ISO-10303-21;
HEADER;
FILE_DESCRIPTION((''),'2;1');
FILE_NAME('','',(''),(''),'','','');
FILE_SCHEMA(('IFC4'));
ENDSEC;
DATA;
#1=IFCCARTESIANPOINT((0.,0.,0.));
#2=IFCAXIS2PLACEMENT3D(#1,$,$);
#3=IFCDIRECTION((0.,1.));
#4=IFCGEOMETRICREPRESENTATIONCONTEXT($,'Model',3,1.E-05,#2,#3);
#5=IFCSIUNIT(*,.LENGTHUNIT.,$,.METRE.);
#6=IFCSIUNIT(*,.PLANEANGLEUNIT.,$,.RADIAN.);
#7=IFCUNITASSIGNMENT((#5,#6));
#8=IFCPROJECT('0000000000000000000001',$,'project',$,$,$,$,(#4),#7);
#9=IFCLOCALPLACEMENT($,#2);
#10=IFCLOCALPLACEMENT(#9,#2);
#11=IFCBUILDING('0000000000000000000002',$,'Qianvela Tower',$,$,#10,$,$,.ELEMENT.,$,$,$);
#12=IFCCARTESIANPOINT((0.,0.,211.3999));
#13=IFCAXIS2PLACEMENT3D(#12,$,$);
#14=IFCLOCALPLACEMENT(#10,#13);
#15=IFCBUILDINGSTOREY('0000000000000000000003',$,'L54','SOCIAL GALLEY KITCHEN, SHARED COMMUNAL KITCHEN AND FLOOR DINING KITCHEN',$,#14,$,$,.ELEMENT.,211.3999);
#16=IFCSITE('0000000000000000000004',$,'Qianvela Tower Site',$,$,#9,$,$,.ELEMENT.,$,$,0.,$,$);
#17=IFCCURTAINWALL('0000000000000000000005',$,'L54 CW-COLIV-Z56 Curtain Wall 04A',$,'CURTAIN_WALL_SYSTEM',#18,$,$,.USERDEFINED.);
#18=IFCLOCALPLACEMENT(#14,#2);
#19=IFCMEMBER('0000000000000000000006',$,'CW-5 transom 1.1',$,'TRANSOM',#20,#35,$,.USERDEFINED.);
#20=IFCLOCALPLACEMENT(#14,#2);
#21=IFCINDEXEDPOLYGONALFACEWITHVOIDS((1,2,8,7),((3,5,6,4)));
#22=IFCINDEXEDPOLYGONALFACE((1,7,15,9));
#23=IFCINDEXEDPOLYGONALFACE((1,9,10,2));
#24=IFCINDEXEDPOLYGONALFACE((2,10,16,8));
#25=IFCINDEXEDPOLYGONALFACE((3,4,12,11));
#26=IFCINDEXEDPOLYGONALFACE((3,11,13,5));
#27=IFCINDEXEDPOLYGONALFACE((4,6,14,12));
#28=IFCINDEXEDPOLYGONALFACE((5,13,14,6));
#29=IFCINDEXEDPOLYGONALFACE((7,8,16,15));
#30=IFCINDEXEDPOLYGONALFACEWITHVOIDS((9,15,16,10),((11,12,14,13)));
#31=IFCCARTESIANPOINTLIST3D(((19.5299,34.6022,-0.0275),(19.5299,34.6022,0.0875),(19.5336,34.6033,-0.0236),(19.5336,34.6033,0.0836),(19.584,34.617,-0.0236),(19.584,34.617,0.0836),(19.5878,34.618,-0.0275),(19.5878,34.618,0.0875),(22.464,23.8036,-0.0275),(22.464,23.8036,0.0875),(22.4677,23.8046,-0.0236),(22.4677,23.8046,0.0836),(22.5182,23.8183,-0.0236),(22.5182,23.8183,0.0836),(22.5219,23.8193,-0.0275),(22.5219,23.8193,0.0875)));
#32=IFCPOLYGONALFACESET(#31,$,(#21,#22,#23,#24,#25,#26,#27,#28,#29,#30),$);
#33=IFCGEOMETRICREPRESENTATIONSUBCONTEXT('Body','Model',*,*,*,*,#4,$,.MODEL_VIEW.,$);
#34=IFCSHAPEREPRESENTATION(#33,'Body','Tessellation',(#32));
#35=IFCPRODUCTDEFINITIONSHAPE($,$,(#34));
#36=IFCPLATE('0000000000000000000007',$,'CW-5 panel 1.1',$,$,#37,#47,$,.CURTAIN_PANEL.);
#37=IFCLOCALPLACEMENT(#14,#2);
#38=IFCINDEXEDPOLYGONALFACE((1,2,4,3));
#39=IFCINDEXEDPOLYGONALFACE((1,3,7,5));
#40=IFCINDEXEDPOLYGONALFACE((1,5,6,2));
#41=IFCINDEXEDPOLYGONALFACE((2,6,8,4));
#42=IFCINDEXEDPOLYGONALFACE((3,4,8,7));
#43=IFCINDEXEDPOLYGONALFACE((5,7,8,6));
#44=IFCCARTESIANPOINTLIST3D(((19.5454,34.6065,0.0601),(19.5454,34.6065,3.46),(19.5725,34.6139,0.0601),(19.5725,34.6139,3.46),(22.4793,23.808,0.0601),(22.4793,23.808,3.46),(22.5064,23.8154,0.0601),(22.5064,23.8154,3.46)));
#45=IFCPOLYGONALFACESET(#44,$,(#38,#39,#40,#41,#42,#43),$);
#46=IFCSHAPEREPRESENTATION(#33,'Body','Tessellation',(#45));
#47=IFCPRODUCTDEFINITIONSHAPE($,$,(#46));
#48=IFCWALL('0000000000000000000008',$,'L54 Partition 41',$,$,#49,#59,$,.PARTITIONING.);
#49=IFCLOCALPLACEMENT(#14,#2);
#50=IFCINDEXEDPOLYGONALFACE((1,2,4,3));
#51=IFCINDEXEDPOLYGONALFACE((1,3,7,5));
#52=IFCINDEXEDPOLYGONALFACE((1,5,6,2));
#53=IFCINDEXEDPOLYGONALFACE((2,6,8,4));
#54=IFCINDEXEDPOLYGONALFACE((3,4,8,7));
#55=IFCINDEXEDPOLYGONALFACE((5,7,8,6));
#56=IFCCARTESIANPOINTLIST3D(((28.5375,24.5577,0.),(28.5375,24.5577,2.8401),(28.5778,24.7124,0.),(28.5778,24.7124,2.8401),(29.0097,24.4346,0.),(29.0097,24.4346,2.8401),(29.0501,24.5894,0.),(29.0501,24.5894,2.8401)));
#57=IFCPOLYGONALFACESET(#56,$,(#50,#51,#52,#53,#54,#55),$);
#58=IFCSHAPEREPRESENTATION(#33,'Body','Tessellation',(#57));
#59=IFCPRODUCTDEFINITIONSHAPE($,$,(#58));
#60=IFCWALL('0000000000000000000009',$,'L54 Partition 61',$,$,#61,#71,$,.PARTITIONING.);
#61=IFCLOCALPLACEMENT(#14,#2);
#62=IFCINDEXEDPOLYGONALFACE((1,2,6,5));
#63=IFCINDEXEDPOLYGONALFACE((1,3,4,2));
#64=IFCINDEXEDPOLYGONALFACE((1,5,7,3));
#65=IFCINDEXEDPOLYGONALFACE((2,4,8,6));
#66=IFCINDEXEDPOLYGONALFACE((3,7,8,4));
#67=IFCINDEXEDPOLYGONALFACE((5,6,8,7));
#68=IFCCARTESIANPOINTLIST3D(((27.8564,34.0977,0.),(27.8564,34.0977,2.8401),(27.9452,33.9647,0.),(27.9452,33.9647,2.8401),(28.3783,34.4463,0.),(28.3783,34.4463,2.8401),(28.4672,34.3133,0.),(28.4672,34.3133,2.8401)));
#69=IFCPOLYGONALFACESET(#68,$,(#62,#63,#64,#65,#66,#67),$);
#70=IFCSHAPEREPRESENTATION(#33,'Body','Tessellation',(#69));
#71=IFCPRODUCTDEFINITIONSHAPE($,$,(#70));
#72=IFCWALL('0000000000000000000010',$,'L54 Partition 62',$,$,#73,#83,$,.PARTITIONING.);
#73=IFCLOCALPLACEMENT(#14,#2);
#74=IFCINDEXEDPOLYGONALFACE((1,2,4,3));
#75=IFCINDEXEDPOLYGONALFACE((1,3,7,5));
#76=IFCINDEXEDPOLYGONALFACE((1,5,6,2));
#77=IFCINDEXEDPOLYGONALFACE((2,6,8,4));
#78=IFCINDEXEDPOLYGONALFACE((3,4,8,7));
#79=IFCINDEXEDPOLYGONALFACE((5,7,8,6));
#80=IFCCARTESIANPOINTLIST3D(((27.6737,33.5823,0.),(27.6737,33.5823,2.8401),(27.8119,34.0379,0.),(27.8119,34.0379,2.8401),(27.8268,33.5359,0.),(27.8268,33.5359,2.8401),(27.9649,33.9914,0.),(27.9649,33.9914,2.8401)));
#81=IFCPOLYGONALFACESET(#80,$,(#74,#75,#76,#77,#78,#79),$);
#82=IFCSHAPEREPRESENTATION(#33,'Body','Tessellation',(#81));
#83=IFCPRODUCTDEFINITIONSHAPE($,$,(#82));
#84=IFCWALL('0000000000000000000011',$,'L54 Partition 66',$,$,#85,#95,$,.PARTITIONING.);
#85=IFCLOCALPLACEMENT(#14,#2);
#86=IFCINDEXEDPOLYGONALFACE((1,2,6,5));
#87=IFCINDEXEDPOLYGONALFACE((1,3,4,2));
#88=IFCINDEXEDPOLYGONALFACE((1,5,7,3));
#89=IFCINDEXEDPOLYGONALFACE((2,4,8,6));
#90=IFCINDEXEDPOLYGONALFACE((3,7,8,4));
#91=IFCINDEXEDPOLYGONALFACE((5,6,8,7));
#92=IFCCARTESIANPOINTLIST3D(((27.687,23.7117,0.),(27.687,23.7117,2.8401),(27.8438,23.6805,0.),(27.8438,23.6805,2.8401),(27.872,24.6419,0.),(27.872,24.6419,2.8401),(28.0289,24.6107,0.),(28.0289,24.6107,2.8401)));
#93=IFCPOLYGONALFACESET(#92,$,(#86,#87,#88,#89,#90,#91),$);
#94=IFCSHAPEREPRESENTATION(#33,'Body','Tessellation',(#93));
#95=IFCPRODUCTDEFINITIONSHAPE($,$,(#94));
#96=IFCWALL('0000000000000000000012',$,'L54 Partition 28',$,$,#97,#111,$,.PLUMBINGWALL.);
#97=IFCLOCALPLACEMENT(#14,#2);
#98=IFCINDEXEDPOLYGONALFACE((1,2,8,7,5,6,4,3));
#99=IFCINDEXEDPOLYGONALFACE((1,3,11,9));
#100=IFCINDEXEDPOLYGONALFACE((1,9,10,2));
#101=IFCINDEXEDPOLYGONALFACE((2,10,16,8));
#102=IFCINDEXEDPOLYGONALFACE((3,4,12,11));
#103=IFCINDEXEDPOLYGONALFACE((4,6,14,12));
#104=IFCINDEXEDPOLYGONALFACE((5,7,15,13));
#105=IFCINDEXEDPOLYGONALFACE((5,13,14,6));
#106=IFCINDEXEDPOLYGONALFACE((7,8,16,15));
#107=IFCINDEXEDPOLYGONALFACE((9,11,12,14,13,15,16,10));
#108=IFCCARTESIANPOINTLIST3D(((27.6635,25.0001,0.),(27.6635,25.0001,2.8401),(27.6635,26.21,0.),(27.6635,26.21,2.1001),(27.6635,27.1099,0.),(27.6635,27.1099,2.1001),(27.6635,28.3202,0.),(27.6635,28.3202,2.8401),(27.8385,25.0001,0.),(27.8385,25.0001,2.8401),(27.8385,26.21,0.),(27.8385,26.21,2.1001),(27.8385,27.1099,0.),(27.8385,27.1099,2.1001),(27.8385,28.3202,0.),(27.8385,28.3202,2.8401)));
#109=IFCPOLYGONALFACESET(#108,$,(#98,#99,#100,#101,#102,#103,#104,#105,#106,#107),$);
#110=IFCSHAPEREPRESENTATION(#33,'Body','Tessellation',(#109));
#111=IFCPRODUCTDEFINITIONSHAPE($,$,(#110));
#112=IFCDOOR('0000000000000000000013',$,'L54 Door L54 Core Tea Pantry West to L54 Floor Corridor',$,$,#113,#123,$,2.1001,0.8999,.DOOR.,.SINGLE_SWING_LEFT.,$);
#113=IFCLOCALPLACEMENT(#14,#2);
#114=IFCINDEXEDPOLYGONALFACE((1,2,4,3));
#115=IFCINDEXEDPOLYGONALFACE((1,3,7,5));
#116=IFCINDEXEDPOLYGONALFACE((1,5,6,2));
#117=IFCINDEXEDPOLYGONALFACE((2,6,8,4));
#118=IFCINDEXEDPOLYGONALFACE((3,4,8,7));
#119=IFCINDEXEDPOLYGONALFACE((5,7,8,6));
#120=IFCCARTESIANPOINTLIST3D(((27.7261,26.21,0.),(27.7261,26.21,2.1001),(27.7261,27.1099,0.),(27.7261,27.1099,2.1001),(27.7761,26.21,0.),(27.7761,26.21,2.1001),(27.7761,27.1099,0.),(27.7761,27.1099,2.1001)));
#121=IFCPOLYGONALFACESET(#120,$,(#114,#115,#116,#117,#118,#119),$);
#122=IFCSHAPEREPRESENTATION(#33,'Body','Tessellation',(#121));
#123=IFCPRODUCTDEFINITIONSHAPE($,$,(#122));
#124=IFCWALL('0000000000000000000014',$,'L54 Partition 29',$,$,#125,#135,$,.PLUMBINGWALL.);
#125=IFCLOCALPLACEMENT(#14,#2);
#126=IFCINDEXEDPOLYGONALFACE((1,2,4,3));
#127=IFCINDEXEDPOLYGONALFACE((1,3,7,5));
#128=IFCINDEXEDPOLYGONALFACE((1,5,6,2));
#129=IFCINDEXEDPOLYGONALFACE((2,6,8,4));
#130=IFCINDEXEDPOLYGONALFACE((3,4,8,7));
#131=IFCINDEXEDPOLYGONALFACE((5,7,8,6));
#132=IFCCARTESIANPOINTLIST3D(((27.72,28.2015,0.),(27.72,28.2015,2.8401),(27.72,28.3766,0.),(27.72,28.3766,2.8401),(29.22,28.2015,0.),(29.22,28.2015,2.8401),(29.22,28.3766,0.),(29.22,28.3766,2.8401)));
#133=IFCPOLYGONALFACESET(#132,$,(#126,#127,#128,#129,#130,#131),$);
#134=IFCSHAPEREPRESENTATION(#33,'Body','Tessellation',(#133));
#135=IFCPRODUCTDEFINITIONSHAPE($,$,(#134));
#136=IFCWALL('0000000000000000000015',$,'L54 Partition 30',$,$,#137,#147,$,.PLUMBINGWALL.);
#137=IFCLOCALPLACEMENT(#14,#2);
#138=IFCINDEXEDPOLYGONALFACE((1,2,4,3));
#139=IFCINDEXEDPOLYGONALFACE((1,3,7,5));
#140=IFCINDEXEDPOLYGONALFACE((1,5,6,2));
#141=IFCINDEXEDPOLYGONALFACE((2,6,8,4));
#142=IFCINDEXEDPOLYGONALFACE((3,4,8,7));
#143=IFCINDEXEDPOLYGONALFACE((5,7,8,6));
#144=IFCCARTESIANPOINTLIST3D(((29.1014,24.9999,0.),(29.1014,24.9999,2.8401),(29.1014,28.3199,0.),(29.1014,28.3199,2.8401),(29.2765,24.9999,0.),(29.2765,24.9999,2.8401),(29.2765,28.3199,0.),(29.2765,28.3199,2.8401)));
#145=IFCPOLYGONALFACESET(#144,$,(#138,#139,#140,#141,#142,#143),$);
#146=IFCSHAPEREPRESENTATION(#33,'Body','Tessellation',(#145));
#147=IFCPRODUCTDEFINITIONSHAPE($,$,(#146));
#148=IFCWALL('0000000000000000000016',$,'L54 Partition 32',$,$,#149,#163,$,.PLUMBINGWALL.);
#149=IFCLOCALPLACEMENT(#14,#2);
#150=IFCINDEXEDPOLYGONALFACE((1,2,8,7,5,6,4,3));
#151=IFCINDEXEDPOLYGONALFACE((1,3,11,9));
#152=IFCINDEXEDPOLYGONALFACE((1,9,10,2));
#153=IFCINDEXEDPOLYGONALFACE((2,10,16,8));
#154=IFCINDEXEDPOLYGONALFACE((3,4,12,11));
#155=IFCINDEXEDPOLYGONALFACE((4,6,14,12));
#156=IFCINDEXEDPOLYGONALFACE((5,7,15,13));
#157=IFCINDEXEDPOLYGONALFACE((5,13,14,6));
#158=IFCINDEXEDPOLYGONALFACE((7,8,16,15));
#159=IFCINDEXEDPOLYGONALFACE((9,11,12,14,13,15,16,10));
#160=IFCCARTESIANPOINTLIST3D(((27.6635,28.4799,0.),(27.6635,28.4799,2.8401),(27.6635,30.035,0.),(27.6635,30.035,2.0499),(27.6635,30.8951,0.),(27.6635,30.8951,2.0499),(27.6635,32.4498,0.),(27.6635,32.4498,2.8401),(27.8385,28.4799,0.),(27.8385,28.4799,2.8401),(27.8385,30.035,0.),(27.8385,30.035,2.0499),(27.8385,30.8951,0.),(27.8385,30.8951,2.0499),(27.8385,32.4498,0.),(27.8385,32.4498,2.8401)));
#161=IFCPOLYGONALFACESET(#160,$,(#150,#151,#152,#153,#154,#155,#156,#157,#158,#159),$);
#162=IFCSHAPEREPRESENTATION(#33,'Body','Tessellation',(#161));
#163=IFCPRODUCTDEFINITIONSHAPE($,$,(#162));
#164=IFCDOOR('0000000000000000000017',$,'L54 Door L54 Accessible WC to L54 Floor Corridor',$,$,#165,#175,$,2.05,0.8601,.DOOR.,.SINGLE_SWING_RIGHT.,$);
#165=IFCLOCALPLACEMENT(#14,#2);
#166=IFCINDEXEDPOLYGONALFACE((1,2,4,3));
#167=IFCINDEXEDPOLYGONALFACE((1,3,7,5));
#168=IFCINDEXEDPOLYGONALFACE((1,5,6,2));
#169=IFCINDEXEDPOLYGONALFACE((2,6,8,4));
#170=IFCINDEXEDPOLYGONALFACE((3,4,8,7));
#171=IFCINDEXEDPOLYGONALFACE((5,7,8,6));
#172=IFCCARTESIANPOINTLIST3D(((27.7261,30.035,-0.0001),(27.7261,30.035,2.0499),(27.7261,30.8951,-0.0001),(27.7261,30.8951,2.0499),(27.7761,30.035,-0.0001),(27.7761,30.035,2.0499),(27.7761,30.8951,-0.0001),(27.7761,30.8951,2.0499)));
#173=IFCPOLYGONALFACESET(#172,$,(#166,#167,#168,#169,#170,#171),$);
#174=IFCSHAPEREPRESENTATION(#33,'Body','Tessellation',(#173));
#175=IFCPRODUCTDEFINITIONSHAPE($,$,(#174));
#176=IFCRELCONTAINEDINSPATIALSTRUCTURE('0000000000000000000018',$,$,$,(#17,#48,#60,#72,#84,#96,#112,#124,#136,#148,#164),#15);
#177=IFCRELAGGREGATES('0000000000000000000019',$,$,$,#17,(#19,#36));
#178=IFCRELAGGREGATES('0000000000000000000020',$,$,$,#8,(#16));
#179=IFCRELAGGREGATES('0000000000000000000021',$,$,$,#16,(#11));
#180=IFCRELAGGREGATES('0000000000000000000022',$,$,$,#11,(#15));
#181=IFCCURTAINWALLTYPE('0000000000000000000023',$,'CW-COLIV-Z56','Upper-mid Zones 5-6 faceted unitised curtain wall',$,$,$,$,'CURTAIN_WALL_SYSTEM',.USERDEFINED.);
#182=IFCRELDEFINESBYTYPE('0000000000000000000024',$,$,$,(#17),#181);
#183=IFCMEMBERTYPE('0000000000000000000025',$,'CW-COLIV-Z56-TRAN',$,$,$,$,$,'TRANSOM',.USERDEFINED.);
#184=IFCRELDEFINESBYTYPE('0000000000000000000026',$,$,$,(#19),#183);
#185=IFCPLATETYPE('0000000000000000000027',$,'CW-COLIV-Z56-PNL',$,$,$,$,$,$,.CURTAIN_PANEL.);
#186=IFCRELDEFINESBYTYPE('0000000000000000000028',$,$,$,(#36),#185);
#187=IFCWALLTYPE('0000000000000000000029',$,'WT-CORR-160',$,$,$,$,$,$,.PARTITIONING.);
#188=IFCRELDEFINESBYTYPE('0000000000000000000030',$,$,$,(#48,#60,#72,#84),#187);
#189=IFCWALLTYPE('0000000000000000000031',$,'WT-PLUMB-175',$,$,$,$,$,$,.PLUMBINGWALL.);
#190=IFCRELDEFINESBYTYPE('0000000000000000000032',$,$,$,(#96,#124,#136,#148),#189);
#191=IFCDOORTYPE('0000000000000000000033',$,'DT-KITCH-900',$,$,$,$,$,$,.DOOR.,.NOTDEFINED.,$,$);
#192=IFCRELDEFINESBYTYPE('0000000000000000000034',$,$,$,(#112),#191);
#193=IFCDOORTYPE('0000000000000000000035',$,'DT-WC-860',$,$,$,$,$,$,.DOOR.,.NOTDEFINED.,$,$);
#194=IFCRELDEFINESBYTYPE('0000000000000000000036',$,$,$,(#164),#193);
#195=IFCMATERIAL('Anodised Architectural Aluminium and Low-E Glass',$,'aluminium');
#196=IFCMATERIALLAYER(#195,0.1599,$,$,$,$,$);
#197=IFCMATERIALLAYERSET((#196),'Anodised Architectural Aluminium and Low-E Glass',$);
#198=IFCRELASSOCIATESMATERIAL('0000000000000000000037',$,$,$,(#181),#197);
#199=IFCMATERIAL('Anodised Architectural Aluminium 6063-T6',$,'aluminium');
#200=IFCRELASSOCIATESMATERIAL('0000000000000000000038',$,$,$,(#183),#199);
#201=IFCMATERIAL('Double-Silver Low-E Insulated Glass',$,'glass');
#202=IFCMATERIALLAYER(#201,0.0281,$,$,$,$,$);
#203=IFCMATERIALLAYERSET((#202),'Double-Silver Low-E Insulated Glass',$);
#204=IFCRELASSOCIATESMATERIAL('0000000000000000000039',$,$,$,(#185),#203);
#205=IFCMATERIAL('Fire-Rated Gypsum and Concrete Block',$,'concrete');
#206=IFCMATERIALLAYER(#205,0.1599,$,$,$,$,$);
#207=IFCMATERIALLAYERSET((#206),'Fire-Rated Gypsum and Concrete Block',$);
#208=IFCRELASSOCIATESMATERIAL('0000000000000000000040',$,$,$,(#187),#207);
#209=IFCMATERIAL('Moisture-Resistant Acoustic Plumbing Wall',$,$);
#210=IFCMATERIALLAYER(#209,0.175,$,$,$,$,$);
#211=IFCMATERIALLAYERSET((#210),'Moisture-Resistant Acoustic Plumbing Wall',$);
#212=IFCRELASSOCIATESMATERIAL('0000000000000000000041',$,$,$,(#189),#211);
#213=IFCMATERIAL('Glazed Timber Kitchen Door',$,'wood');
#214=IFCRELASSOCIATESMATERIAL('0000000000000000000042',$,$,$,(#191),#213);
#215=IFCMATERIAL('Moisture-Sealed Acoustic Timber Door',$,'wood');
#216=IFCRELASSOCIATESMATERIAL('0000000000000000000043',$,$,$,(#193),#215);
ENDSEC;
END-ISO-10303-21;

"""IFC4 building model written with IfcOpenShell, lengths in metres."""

from ifc_helpers import new_model, si_unit, direction, frame, frame_2d, origin, origin_2d, place, context, subcontext, project, spatial, rectangle, hollow_rectangle, extrude, material, layer, layer_set, material_profile, profile_set, type_object, element, fill, aggregate, save


model = new_model("IFC4")

# Units and contexts
model_context = context("Model", 3, precision=1e-05, world=origin(), true_north=direction((0.0, 1.0)))
body_context = subcontext(model_context, "Body", "Model", "MODEL_VIEW")
ifc_project = project(units=[si_unit("LENGTHUNIT", "METRE"), si_unit("PLANEANGLEUNIT", "RADIAN")], contexts=[model_context])

# Site, building, storey
site_placement = place(None, origin())
site = spatial("IfcSite", under=ifc_project, at=site_placement, Name="Qianvela Tower Site", CompositionType="ELEMENT", RefElevation=0.0)
building_placement = place(site_placement, origin())
building = spatial("IfcBuilding", under=site, at=building_placement, Name="Qianvela Tower", CompositionType="ELEMENT")
storey_placement = place(building_placement, frame((0.0, 0.0, 211.3999)))
storey = spatial("IfcBuildingStorey", under=building, at=storey_placement, Name="L54", Description="SOCIAL GALLEY KITCHEN, SHARED COMMUNAL KITCHEN AND FLOOR DINING KITCHEN", CompositionType="ELEMENT", Elevation=211.3999)

# Curtain wall, member, plate
ifc_material_1 = material(Name="Anodised Architectural Aluminium and Low-E Glass", Category="aluminium")
ifc_layer_1 = layer(ifc_material_1, 0.1599)
ifc_layer_set_1 = layer_set([ifc_layer_1], Name="Anodised Architectural Aluminium and Low-E Glass")
curtain_wall_type = type_object("IfcCurtainWallType", Name="CW-COLIV-Z56", Description="Upper-mid Zones 5-6 faceted unitised curtain wall", ElementType="CURTAIN_WALL_SYSTEM", PredefinedType="USERDEFINED", material=ifc_layer_set_1)
curtain_wall_placement = place(storey_placement, origin())
curtain_wall = element("IfcCurtainWall", 1, at=curtain_wall_placement, inside=storey, type_object=curtain_wall_type, Name="L54 CW-COLIV-Z56 Curtain Wall 04A", ObjectType="CURTAIN_WALL_SYSTEM", PredefinedType="USERDEFINED")
ifc_material_2 = material(Name="Anodised Architectural Aluminium 6063-T6", Category="aluminium")
ifc_material_profile_1 = material_profile(ifc_material_2, hollow_rectangle(XDim=0.0601, YDim=0.115, WallThickness=0.0039, at=origin_2d()), Name="ALU-TRAN-60x115")
ifc_profile_set_1 = profile_set([ifc_material_profile_1], Name="Anodised Architectural Aluminium 6063-T6")
member_type = type_object("IfcMemberType", Name="CW-COLIV-Z56-TRAN", ElementType="TRANSOM", PredefinedType="USERDEFINED", material=ifc_profile_set_1)
member_placement = place(storey_placement, frame((19.5588, 34.6101, 0.03), z_axis=(0.262203, -0.965013, 0.0), x_axis=(0.965013, 0.262203, 0.0)))
member = element("IfcMember", 2, at=member_placement, type_object=member_type, Name="CW-5 transom 1.1", ObjectType="TRANSOM", PredefinedType="USERDEFINED", context=body_context, shape_type="SweptSolid", body=[
    extrude(hollow_rectangle(XDim=0.0601, YDim=0.115, WallThickness=0.0039, at=origin_2d()), origin(), (0.0, 0.0, 1.0), 11.1902),
])
ifc_material_3 = material(Name="Double-Silver Low-E Insulated Glass", Category="glass")
ifc_layer_2 = layer(ifc_material_3, 0.0281)
ifc_layer_set_2 = layer_set([ifc_layer_2], Name="Double-Silver Low-E Insulated Glass")
plate_type = type_object("IfcPlateType", Name="CW-COLIV-Z56-PNL", PredefinedType="CURTAIN_PANEL", material=ifc_layer_set_2)
plate_placement = place(storey_placement, frame((21.0259, 29.2109, 0.0601), z_axis=(0.0, 0.0, 1.0), x_axis=(0.262193, -0.965016, 0.0)))
plate = element("IfcPlate", 3, at=plate_placement, type_object=plate_type, Name="CW-5 panel 1.1", PredefinedType="CURTAIN_PANEL", context=body_context, shape_type="SweptSolid", body=[
    extrude(rectangle(XDim=11.1899, YDim=0.0281, at=origin_2d()), origin(), (0.0, 0.0, 1.0), 3.3999),
])
aggregate(curtain_wall, [member, plate])

# Walls
ifc_material_4 = material(Name="Fire-Rated Gypsum and Concrete Block", Category="concrete")
ifc_layer_3 = layer(ifc_material_4, 0.1599)
ifc_layer_set_3 = layer_set([ifc_layer_3], Name="Fire-Rated Gypsum and Concrete Block")
wall_type_1 = type_object("IfcWallType", Name="WT-CORR-160", PredefinedType="PARTITIONING", material=ifc_layer_set_3)
wall_1_placement = place(storey_placement, frame((29.03, 24.512, 0.0), z_axis=(0.0, 0.0, 1.0), x_axis=(-0.967681, 0.252177, 0.0)))
element("IfcWall", 4, at=wall_1_placement, inside=storey, type_object=wall_type_1, Name="L54 Partition 41", PredefinedType="PARTITIONING", context=body_context, shape_type="SweptSolid", body=[
    extrude(rectangle(XDim=0.488, YDim=0.1599, at=frame_2d((0.2441, 0.0))), origin(), (0.0, 0.0, 1.0), 2.8401),
])
wall_2_placement = place(storey_placement, frame((28.4229, 34.3799, 0.0), z_axis=(0.0, 0.0, 1.0), x_axis=(-0.831571, -0.555418, 0.0)))
element("IfcWall", 5, at=wall_2_placement, inside=storey, type_object=wall_type_1, Name="L54 Partition 61", PredefinedType="PARTITIONING", context=body_context, shape_type="SweptSolid", body=[
    extrude(rectangle(XDim=0.6277, YDim=0.1599, at=frame_2d((0.314, 0.0))), origin(), (0.0, 0.0, 1.0), 2.8401),
])
wall_3_placement = place(storey_placement, frame((27.8884, 34.0146, 0.0), z_axis=(0.0, 0.0, 1.0), x_axis=(-0.290264, -0.956947, 0.0)))
element("IfcWall", 6, at=wall_3_placement, inside=storey, type_object=wall_type_1, Name="L54 Partition 62", PredefinedType="PARTITIONING", context=body_context, shape_type="SweptSolid", body=[
    extrude(rectangle(XDim=0.4761, YDim=0.1599, at=frame_2d((0.238, 0.0))), origin(), (0.0, 0.0, 1.0), 2.8401),
])
wall_4_placement = place(storey_placement, frame((27.9504, 24.6262, 0.0), z_axis=(0.0, 0.0, 1.0), x_axis=(-0.195126, -0.980778, 0.0)))
element("IfcWall", 7, at=wall_4_placement, inside=storey, type_object=wall_type_1, Name="L54 Partition 66", PredefinedType="PARTITIONING", context=body_context, shape_type="SweptSolid", body=[
    extrude(rectangle(XDim=0.9485, YDim=0.1599, at=frame_2d((0.4741, 0.0))), origin(), (0.0, 0.0, 1.0), 2.8401),
])

# Wall, opening, door
ifc_material_5 = material(Name="Moisture-Resistant Acoustic Plumbing Wall")
ifc_layer_4 = layer(ifc_material_5, 0.175)
ifc_layer_set_4 = layer_set([ifc_layer_4], Name="Moisture-Resistant Acoustic Plumbing Wall")
wall_type_2 = type_object("IfcWallType", Name="WT-PLUMB-175", PredefinedType="PLUMBINGWALL", material=ifc_layer_set_4)
wall_5_placement = place(storey_placement, frame((27.751, 25.0, 0.0), z_axis=(0.0, 0.0, 1.0), x_axis=(0.0, 1.0, 0.0)))
wall_5 = element("IfcWall", 8, at=wall_5_placement, inside=storey, type_object=wall_type_2, Name="L54 Partition 28", PredefinedType="PLUMBINGWALL", context=body_context, shape_type="SweptSolid", body=[
    extrude(rectangle(XDim=3.3201, YDim=0.175, at=frame_2d((1.6602, 0.0))), origin(), (0.0, 0.0, 1.0), 2.8401),
])
opening_1_placement = place(wall_5_placement, frame((1.21, 0.0, 0.0)))
opening_1 = element("IfcOpeningElement", 9, at=opening_1_placement, cuts=wall_5, PredefinedType="OPENING", context=body_context, shape_type="SweptSolid", body=[
    extrude(rectangle(XDim=0.8999, YDim=2.1001, at=frame_2d((0.45, 1.05))), frame((0.0, 0.0974, 0.0), z_axis=(0.0, -1.0, 0.0), x_axis=(1.0, 0.0, 0.0)), (0.0, 0.0, 1.0), 0.1951),
])
ifc_material_6 = material(Name="Glazed Timber Kitchen Door", Category="wood")
door_type_1 = type_object("IfcDoorType", Name="DT-KITCH-900", OperationType="NOTDEFINED", PredefinedType="DOOR", material=ifc_material_6)
door_1_placement = place(opening_1_placement, origin())
door_1 = element("IfcDoor", 10, at=door_1_placement, inside=storey, type_object=door_type_1, Name="L54 Door L54 Core Tea Pantry West to L54 Floor Corridor", OperationType="SINGLE_SWING_LEFT", OverallHeight=2.1001, OverallWidth=0.8999, PredefinedType="DOOR", context=body_context, shape_type="SweptSolid", body=[
    extrude(rectangle(XDim=0.8999, YDim=2.1001, at=frame_2d((0.45, 1.05))), frame((0.0, 0.0249, 0.0), z_axis=(0.0, -1.0, 0.0), x_axis=(1.0, 0.0, 0.0)), (0.0, 0.0, 1.0), 0.05),
])
fill(opening_1, door_1)

# Walls
wall_6_placement = place(storey_placement, frame((27.72, 28.2891, 0.0), z_axis=(0.0, 0.0, 1.0), x_axis=(1.0, 0.0, 0.0)))
element("IfcWall", 11, at=wall_6_placement, inside=storey, type_object=wall_type_2, Name="L54 Partition 29", PredefinedType="PLUMBINGWALL", context=body_context, shape_type="SweptSolid", body=[
    extrude(rectangle(XDim=1.5, YDim=0.175, at=frame_2d((0.75, 0.0))), origin(), (0.0, 0.0, 1.0), 2.8401),
])
wall_7_placement = place(storey_placement, frame((29.189, 28.3201, 0.0), z_axis=(0.0, 0.0, 1.0), x_axis=(0.0, -1.0, 0.0)))
element("IfcWall", 12, at=wall_7_placement, inside=storey, type_object=wall_type_2, Name="L54 Partition 30", PredefinedType="PLUMBINGWALL", context=body_context, shape_type="SweptSolid", body=[
    extrude(rectangle(XDim=3.3201, YDim=0.175, at=frame_2d((1.6602, 0.0))), origin(), (0.0, 0.0, 1.0), 2.8401),
])

# Wall, opening, door
wall_8_placement = place(storey_placement, frame((27.751, 28.48, 0.0), z_axis=(0.0, 0.0, 1.0), x_axis=(0.0, 1.0, 0.0)))
wall_8 = element("IfcWall", 13, at=wall_8_placement, inside=storey, type_object=wall_type_2, Name="L54 Partition 32", PredefinedType="PLUMBINGWALL", context=body_context, shape_type="SweptSolid", body=[
    extrude(rectangle(XDim=3.97, YDim=0.175, at=frame_2d((1.9849, 0.0))), origin(), (0.0, 0.0, 1.0), 2.8401),
])
opening_2_placement = place(wall_8_placement, frame((1.5549, 0.0, 0.0)))
opening_2 = element("IfcOpeningElement", 14, at=opening_2_placement, cuts=wall_8, PredefinedType="OPENING", context=body_context, shape_type="SweptSolid", body=[
    extrude(rectangle(XDim=0.8601, YDim=2.05, at=frame_2d((0.4302, 1.0249))), frame((0.0, 0.0974, 0.0), z_axis=(0.0, -1.0, 0.0), x_axis=(1.0, 0.0, 0.0)), (0.0, 0.0, 1.0), 0.1951),
])
ifc_material_7 = material(Name="Moisture-Sealed Acoustic Timber Door", Category="wood")
door_type_2 = type_object("IfcDoorType", Name="DT-WC-860", OperationType="NOTDEFINED", PredefinedType="DOOR", material=ifc_material_7)
door_2_placement = place(opening_2_placement, origin())
door_2 = element("IfcDoor", 15, at=door_2_placement, inside=storey, type_object=door_type_2, Name="L54 Door L54 Accessible WC to L54 Floor Corridor", OperationType="SINGLE_SWING_RIGHT", OverallHeight=2.05, OverallWidth=0.8601, PredefinedType="DOOR", context=body_context, shape_type="SweptSolid", body=[
    extrude(rectangle(XDim=0.8601, YDim=2.05, at=frame_2d((0.4302, 1.0249))), frame((0.0, 0.0249, 0.0), z_axis=(0.0, -1.0, 0.0), x_axis=(1.0, 0.0, 0.0)), (0.0, 0.0, 1.0), 0.05),
])
fill(opening_2, door_2)

save(model, "model.ifc")
